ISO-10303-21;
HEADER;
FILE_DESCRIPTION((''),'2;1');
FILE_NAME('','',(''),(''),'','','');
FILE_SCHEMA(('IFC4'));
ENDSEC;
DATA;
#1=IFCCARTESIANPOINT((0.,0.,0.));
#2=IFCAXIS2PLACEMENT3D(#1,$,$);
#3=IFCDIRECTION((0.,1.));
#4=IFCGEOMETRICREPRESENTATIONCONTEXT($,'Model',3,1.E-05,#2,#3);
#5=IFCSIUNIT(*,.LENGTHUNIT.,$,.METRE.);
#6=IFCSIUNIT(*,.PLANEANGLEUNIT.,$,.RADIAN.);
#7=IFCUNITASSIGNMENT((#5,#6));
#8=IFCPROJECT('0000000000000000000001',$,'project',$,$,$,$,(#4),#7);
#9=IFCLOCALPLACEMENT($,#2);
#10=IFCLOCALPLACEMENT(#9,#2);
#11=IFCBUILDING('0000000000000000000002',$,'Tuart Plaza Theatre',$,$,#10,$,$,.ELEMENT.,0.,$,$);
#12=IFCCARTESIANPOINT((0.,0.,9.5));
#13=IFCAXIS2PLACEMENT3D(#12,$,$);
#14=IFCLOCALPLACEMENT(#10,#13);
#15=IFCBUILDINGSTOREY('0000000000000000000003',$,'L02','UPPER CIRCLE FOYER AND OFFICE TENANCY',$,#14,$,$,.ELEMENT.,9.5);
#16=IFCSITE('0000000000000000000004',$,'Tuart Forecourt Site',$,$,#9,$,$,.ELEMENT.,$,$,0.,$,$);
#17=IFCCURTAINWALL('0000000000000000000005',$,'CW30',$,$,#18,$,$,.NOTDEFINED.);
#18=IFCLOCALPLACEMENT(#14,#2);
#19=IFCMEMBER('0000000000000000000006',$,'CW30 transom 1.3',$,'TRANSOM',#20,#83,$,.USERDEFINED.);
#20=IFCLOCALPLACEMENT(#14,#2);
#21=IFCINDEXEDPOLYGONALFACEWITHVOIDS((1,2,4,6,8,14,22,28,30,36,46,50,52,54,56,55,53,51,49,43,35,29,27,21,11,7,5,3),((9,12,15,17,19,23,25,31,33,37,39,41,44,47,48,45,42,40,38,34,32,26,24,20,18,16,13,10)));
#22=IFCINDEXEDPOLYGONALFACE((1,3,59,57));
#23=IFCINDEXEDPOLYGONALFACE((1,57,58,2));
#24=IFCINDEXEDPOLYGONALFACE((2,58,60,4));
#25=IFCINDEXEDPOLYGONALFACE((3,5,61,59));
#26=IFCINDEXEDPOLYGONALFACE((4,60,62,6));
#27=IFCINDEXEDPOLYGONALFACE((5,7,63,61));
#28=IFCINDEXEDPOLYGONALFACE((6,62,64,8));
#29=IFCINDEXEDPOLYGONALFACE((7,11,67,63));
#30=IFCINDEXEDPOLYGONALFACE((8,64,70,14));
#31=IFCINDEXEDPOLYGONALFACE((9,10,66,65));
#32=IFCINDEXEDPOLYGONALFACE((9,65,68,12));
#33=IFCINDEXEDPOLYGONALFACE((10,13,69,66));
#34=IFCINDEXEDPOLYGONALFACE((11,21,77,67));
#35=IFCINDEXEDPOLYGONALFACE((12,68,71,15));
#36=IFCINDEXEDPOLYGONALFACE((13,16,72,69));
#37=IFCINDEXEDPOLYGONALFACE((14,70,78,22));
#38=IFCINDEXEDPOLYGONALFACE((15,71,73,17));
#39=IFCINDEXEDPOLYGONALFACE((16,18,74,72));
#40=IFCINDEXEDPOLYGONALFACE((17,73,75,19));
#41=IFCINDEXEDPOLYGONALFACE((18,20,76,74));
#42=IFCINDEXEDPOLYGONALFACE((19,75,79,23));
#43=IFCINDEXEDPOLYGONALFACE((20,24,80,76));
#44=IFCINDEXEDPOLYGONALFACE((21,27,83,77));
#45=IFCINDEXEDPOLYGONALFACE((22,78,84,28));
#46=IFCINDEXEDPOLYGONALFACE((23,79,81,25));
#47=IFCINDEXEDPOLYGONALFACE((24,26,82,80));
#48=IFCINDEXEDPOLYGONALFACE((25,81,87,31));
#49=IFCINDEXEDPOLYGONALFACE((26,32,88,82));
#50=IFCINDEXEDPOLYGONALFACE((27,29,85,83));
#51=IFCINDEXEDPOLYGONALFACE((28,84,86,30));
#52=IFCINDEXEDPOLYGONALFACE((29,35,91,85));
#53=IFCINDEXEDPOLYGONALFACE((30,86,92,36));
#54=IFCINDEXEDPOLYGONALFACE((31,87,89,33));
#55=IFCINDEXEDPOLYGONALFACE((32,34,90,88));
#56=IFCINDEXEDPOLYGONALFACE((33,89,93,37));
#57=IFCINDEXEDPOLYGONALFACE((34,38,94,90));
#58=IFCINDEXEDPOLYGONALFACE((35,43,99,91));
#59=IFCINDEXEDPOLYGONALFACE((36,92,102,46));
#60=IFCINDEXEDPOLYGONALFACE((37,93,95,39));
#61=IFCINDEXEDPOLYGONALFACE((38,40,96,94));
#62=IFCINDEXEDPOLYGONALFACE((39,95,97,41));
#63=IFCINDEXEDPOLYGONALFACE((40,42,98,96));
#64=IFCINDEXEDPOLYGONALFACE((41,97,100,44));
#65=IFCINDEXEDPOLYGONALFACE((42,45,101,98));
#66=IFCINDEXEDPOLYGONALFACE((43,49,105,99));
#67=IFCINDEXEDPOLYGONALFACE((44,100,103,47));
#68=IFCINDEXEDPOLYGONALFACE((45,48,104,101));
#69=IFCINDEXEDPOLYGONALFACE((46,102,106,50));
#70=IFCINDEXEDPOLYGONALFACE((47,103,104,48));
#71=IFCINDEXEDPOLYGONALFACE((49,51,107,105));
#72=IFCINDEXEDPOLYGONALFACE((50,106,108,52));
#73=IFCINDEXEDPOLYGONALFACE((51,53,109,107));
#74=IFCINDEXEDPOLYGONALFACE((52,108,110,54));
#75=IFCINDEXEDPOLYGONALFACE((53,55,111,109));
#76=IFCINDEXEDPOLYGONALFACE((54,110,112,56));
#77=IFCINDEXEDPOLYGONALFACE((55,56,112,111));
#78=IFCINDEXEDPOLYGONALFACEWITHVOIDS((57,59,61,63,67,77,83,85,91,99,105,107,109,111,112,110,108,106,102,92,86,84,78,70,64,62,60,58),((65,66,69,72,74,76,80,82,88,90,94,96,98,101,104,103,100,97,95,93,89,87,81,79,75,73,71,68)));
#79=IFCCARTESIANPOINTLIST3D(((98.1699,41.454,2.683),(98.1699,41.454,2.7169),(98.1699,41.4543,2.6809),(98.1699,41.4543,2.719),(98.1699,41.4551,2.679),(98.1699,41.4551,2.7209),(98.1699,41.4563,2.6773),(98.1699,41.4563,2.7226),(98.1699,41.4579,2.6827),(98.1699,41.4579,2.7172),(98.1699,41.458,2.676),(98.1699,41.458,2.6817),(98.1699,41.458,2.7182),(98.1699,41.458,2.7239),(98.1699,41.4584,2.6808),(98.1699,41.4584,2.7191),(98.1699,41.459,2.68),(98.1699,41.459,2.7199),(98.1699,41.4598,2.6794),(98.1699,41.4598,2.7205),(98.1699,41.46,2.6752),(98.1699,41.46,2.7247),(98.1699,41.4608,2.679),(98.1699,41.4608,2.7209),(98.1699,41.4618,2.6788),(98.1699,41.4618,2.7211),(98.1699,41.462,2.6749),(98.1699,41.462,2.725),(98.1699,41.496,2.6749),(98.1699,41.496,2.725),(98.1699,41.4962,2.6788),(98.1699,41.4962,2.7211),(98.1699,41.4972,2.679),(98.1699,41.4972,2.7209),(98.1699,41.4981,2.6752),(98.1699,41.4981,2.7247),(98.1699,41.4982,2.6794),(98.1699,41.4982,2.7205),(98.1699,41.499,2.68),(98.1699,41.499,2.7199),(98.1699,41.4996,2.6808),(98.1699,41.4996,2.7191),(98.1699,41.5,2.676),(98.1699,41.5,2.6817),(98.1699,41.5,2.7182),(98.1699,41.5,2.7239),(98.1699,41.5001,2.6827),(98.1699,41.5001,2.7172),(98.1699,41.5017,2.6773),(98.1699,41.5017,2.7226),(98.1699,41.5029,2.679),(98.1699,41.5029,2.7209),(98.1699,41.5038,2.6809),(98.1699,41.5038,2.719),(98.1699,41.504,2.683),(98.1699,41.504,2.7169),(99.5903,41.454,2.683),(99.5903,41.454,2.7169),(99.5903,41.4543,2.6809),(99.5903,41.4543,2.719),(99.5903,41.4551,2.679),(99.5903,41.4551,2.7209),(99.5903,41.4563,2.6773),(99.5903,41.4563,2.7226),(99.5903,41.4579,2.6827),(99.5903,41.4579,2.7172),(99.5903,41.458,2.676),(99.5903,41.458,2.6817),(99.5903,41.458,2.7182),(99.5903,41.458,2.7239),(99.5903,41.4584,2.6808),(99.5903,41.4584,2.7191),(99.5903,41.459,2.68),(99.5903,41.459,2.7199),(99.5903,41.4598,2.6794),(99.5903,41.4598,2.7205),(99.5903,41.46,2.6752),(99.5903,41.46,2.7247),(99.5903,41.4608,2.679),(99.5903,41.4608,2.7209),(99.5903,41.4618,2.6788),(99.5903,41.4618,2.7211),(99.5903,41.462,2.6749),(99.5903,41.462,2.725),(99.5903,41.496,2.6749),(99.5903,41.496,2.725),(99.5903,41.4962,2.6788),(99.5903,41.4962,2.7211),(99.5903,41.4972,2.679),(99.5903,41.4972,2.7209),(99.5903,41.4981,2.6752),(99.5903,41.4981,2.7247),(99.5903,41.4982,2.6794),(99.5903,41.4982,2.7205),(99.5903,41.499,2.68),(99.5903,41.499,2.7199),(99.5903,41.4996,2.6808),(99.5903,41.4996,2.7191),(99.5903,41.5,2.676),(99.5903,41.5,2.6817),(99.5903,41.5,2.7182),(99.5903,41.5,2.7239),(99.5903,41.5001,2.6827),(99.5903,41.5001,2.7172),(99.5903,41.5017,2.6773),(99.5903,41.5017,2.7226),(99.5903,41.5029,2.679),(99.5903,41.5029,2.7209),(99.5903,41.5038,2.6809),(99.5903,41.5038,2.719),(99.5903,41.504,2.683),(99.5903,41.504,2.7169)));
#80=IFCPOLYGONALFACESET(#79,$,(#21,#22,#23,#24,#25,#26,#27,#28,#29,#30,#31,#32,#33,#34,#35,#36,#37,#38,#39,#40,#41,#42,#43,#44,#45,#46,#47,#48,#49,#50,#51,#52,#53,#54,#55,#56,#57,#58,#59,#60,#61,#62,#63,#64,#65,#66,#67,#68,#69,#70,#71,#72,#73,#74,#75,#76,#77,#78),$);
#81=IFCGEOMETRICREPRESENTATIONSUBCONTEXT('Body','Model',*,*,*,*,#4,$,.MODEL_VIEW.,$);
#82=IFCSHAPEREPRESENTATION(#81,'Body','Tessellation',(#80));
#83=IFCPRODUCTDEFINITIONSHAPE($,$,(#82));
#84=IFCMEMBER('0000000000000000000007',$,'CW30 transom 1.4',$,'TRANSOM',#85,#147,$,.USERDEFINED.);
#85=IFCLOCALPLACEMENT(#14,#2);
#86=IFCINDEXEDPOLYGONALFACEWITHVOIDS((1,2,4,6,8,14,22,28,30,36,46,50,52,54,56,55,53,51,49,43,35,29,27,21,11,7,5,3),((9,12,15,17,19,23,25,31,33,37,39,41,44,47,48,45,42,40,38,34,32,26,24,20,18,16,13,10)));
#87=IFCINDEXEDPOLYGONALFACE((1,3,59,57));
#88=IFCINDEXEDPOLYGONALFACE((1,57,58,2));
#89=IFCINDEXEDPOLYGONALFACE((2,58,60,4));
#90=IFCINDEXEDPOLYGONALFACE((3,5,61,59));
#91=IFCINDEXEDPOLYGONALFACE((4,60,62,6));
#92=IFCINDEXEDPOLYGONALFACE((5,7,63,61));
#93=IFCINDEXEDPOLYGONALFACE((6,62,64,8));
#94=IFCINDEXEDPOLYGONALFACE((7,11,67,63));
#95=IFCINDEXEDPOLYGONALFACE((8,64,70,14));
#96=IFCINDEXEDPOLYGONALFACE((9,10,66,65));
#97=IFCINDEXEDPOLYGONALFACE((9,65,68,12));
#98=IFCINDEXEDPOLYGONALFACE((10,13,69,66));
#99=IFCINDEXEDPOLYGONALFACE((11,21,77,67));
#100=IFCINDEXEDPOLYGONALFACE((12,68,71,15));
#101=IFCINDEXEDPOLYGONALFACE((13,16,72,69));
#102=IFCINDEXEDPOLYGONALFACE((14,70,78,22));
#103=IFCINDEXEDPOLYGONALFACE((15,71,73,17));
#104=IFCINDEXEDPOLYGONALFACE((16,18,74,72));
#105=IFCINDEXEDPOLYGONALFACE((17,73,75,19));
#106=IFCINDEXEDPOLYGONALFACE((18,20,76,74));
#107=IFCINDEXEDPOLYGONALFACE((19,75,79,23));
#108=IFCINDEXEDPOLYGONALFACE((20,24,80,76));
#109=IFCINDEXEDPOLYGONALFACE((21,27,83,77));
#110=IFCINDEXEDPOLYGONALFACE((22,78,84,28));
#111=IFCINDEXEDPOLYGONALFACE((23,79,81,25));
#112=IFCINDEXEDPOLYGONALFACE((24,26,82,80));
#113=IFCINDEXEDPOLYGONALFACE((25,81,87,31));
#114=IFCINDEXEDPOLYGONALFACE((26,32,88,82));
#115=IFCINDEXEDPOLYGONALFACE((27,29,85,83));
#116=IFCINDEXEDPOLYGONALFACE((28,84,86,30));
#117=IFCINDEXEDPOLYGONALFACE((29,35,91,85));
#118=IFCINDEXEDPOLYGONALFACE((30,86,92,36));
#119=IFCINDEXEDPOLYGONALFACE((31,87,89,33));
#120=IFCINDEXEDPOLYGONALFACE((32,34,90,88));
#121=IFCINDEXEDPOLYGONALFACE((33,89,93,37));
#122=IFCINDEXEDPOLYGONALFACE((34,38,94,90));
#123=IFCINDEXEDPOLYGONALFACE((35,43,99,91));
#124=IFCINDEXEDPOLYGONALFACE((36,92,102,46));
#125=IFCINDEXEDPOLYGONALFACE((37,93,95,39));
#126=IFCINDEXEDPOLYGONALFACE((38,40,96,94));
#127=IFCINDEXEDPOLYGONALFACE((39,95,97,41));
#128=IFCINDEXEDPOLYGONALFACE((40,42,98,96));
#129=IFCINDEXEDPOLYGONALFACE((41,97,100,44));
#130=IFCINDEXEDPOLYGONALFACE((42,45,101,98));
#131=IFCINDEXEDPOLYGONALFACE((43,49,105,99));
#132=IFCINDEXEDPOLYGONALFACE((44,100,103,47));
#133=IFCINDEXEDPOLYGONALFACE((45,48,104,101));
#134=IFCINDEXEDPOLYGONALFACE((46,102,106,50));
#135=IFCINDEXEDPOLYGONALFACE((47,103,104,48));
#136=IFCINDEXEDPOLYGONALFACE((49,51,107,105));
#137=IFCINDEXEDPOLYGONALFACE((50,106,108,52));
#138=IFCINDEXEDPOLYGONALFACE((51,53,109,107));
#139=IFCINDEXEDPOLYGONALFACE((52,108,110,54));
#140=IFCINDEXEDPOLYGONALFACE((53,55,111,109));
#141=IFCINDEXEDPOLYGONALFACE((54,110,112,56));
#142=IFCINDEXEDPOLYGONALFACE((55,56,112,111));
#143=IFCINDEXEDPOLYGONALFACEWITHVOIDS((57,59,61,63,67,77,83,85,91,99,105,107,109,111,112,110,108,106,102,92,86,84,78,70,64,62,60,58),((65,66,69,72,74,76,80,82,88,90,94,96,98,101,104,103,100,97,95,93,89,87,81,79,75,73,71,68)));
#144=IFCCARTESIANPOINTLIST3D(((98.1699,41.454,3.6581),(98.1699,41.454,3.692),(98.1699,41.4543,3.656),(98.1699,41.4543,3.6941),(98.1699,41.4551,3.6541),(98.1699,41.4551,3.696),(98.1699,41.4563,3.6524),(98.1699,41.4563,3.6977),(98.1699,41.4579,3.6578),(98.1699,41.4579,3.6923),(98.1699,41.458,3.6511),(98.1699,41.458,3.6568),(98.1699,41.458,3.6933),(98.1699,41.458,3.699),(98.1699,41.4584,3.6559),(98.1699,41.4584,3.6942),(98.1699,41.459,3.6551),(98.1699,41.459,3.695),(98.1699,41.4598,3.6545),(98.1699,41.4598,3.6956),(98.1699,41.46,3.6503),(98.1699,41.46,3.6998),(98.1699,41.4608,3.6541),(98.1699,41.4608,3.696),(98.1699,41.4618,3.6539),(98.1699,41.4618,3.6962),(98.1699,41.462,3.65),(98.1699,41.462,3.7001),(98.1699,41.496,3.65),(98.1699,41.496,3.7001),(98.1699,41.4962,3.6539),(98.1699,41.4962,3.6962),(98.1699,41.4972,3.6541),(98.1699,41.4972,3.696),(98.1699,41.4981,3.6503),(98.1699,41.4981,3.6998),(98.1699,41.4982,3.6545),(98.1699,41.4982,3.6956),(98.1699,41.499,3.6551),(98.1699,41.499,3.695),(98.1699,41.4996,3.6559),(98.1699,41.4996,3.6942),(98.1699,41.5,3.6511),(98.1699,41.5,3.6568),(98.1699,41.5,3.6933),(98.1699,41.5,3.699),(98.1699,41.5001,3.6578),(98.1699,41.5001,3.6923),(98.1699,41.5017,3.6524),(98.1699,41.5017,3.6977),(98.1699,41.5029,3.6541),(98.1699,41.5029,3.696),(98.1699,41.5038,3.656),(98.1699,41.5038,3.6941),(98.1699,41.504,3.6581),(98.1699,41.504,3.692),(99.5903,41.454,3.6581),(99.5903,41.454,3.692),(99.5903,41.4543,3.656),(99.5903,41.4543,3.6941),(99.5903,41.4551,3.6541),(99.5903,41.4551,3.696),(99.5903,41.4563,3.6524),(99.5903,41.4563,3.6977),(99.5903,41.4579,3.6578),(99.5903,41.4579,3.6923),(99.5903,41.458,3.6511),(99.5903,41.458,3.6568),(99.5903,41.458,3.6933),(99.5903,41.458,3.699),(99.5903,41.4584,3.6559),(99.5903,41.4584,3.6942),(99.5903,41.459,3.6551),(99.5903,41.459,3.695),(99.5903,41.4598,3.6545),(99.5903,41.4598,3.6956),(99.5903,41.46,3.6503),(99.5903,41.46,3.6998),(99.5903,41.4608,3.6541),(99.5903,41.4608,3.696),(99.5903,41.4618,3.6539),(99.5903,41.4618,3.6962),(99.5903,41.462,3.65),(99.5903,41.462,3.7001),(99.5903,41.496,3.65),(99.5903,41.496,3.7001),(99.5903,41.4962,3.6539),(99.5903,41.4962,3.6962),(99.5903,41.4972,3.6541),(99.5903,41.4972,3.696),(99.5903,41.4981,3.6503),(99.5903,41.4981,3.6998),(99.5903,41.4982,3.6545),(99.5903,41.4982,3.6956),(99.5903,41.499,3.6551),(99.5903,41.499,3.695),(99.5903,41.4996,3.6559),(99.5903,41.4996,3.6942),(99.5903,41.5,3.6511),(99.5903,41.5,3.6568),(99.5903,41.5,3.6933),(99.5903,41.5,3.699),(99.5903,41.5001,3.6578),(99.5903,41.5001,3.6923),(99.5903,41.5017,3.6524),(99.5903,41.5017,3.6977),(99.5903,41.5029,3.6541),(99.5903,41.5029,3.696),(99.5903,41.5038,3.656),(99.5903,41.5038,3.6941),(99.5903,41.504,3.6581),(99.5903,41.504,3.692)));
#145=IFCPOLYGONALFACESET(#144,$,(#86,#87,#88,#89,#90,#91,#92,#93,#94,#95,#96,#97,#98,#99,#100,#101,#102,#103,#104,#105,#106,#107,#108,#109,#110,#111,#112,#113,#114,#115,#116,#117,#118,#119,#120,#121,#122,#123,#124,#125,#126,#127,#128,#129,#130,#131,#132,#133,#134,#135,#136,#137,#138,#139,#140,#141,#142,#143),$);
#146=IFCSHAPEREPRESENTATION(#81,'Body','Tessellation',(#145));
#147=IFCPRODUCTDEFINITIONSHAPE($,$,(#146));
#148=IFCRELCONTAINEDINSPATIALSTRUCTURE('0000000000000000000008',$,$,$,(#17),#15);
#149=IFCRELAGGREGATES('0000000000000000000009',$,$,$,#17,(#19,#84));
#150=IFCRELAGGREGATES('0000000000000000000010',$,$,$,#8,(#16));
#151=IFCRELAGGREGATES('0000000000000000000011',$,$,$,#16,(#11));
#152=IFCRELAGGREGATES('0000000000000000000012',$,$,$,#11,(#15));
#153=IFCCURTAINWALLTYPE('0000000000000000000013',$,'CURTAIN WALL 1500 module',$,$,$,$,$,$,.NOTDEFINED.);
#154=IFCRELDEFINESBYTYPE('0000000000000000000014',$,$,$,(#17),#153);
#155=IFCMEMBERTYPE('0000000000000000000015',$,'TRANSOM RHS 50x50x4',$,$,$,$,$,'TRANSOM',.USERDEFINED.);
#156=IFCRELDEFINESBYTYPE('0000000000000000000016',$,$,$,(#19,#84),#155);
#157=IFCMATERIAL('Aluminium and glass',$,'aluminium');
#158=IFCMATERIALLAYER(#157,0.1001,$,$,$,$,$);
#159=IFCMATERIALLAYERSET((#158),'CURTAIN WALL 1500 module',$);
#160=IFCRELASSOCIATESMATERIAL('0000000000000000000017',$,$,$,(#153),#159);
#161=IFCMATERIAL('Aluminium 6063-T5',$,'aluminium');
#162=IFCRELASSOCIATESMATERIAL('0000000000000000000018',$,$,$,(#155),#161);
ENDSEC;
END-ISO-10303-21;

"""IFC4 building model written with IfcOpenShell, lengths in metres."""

from ifc_helpers import new_model, si_unit, direction, frame, origin, origin_2d, place, context, subcontext, project, spatial, hollow_rectangle, extrude, material, layer, layer_set, material_profile, profile_set, type_object, element, aggregate, save


model = new_model("IFC4")

# Units and contexts
model_context = context("Model", 3, precision=1e-05, world=origin(), true_north=direction((0.0, 1.0)))
body_context = subcontext(model_context, "Body", "Model", "MODEL_VIEW")
ifc_project = project(units=[si_unit("LENGTHUNIT", "METRE"), si_unit("PLANEANGLEUNIT", "RADIAN")], contexts=[model_context])

# Site, building, storey
site_placement = place(None, origin())
site = spatial("IfcSite", under=ifc_project, at=site_placement, Name="Tuart Forecourt Site", CompositionType="ELEMENT", RefElevation=0.0)
building_placement = place(site_placement, origin())
building = spatial("IfcBuilding", under=site, at=building_placement, Name="Tuart Plaza Theatre", CompositionType="ELEMENT", ElevationOfRefHeight=0.0)
storey_placement = place(building_placement, frame((0.0, 0.0, 9.5)))
storey = spatial("IfcBuildingStorey", under=building, at=storey_placement, Name="L02", Description="UPPER CIRCLE FOYER AND OFFICE TENANCY", CompositionType="ELEMENT", Elevation=9.5)

# Shared definitions
ifc_material_1 = material(Name="Aluminium and glass", Category="aluminium")
ifc_layer_1 = layer(ifc_material_1, 0.1001)
ifc_layer_set_1 = layer_set([ifc_layer_1], Name="CURTAIN WALL 1500 module")
curtain_wall_type = type_object("IfcCurtainWallType", Name="CURTAIN WALL 1500 module", PredefinedType="NOTDEFINED", material=ifc_layer_set_1)

# Curtain wall, members
curtain_wall_1_placement = place(storey_placement, origin())
curtain_wall_1 = element("IfcCurtainWall", 1, at=curtain_wall_1_placement, inside=storey, type_object=curtain_wall_type, Name="CW30", PredefinedType="NOTDEFINED")
ifc_material_2 = material(Name="Aluminium 6063-T5", Category="aluminium")
ifc_material_profile_1 = material_profile(ifc_material_2, hollow_rectangle(XDim=0.05, YDim=0.05, WallThickness=0.0039, InnerFilletRadius=0.0039, OuterFilletRadius=0.0081, at=origin_2d()), Name="RHS 50x50x4")
ifc_profile_set_1 = profile_set([ifc_material_profile_1], Name="Aluminium 6063-T5")
member_type_1 = type_object("IfcMemberType", Name="TRANSOM RHS 50x50x4", ElementType="TRANSOM", PredefinedType="USERDEFINED", material=ifc_profile_set_1)
member_1_placement = place(storey_placement, frame((98.1699, 41.479, 2.7), z_axis=(1.0, 0.0, 0.0), x_axis=(0.0, 1.0, 0.0)))
member_1 = element("IfcMember", 2, at=member_1_placement, type_object=member_type_1, Name="CW30 transom 1.3", ObjectType="TRANSOM", PredefinedType="USERDEFINED", context=body_context, shape_type="SweptSolid", body=[
    extrude(hollow_rectangle(XDim=0.05, YDim=0.05, WallThickness=0.0039, InnerFilletRadius=0.0039, OuterFilletRadius=0.0081, at=origin_2d()), origin(), (0.0, 0.0, 1.0), 1.4204),
])
member_2_placement = place(storey_placement, frame((98.1699, 41.479, 3.675), z_axis=(1.0, 0.0, 0.0), x_axis=(0.0, 1.0, 0.0)))
member_2 = element("IfcMember", 3, at=member_2_placement, type_object=member_type_1, Name="CW30 transom 1.4", ObjectType="TRANSOM", PredefinedType="USERDEFINED", context=body_context, shape_type="SweptSolid", body=[
    extrude(hollow_rectangle(XDim=0.05, YDim=0.05, WallThickness=0.0039, InnerFilletRadius=0.0039, OuterFilletRadius=0.0081, at=origin_2d()), origin(), (0.0, 0.0, 1.0), 1.4204),
])

aggregate(curtain_wall_1, [member_1, member_2])

save(model, "model.ifc")
